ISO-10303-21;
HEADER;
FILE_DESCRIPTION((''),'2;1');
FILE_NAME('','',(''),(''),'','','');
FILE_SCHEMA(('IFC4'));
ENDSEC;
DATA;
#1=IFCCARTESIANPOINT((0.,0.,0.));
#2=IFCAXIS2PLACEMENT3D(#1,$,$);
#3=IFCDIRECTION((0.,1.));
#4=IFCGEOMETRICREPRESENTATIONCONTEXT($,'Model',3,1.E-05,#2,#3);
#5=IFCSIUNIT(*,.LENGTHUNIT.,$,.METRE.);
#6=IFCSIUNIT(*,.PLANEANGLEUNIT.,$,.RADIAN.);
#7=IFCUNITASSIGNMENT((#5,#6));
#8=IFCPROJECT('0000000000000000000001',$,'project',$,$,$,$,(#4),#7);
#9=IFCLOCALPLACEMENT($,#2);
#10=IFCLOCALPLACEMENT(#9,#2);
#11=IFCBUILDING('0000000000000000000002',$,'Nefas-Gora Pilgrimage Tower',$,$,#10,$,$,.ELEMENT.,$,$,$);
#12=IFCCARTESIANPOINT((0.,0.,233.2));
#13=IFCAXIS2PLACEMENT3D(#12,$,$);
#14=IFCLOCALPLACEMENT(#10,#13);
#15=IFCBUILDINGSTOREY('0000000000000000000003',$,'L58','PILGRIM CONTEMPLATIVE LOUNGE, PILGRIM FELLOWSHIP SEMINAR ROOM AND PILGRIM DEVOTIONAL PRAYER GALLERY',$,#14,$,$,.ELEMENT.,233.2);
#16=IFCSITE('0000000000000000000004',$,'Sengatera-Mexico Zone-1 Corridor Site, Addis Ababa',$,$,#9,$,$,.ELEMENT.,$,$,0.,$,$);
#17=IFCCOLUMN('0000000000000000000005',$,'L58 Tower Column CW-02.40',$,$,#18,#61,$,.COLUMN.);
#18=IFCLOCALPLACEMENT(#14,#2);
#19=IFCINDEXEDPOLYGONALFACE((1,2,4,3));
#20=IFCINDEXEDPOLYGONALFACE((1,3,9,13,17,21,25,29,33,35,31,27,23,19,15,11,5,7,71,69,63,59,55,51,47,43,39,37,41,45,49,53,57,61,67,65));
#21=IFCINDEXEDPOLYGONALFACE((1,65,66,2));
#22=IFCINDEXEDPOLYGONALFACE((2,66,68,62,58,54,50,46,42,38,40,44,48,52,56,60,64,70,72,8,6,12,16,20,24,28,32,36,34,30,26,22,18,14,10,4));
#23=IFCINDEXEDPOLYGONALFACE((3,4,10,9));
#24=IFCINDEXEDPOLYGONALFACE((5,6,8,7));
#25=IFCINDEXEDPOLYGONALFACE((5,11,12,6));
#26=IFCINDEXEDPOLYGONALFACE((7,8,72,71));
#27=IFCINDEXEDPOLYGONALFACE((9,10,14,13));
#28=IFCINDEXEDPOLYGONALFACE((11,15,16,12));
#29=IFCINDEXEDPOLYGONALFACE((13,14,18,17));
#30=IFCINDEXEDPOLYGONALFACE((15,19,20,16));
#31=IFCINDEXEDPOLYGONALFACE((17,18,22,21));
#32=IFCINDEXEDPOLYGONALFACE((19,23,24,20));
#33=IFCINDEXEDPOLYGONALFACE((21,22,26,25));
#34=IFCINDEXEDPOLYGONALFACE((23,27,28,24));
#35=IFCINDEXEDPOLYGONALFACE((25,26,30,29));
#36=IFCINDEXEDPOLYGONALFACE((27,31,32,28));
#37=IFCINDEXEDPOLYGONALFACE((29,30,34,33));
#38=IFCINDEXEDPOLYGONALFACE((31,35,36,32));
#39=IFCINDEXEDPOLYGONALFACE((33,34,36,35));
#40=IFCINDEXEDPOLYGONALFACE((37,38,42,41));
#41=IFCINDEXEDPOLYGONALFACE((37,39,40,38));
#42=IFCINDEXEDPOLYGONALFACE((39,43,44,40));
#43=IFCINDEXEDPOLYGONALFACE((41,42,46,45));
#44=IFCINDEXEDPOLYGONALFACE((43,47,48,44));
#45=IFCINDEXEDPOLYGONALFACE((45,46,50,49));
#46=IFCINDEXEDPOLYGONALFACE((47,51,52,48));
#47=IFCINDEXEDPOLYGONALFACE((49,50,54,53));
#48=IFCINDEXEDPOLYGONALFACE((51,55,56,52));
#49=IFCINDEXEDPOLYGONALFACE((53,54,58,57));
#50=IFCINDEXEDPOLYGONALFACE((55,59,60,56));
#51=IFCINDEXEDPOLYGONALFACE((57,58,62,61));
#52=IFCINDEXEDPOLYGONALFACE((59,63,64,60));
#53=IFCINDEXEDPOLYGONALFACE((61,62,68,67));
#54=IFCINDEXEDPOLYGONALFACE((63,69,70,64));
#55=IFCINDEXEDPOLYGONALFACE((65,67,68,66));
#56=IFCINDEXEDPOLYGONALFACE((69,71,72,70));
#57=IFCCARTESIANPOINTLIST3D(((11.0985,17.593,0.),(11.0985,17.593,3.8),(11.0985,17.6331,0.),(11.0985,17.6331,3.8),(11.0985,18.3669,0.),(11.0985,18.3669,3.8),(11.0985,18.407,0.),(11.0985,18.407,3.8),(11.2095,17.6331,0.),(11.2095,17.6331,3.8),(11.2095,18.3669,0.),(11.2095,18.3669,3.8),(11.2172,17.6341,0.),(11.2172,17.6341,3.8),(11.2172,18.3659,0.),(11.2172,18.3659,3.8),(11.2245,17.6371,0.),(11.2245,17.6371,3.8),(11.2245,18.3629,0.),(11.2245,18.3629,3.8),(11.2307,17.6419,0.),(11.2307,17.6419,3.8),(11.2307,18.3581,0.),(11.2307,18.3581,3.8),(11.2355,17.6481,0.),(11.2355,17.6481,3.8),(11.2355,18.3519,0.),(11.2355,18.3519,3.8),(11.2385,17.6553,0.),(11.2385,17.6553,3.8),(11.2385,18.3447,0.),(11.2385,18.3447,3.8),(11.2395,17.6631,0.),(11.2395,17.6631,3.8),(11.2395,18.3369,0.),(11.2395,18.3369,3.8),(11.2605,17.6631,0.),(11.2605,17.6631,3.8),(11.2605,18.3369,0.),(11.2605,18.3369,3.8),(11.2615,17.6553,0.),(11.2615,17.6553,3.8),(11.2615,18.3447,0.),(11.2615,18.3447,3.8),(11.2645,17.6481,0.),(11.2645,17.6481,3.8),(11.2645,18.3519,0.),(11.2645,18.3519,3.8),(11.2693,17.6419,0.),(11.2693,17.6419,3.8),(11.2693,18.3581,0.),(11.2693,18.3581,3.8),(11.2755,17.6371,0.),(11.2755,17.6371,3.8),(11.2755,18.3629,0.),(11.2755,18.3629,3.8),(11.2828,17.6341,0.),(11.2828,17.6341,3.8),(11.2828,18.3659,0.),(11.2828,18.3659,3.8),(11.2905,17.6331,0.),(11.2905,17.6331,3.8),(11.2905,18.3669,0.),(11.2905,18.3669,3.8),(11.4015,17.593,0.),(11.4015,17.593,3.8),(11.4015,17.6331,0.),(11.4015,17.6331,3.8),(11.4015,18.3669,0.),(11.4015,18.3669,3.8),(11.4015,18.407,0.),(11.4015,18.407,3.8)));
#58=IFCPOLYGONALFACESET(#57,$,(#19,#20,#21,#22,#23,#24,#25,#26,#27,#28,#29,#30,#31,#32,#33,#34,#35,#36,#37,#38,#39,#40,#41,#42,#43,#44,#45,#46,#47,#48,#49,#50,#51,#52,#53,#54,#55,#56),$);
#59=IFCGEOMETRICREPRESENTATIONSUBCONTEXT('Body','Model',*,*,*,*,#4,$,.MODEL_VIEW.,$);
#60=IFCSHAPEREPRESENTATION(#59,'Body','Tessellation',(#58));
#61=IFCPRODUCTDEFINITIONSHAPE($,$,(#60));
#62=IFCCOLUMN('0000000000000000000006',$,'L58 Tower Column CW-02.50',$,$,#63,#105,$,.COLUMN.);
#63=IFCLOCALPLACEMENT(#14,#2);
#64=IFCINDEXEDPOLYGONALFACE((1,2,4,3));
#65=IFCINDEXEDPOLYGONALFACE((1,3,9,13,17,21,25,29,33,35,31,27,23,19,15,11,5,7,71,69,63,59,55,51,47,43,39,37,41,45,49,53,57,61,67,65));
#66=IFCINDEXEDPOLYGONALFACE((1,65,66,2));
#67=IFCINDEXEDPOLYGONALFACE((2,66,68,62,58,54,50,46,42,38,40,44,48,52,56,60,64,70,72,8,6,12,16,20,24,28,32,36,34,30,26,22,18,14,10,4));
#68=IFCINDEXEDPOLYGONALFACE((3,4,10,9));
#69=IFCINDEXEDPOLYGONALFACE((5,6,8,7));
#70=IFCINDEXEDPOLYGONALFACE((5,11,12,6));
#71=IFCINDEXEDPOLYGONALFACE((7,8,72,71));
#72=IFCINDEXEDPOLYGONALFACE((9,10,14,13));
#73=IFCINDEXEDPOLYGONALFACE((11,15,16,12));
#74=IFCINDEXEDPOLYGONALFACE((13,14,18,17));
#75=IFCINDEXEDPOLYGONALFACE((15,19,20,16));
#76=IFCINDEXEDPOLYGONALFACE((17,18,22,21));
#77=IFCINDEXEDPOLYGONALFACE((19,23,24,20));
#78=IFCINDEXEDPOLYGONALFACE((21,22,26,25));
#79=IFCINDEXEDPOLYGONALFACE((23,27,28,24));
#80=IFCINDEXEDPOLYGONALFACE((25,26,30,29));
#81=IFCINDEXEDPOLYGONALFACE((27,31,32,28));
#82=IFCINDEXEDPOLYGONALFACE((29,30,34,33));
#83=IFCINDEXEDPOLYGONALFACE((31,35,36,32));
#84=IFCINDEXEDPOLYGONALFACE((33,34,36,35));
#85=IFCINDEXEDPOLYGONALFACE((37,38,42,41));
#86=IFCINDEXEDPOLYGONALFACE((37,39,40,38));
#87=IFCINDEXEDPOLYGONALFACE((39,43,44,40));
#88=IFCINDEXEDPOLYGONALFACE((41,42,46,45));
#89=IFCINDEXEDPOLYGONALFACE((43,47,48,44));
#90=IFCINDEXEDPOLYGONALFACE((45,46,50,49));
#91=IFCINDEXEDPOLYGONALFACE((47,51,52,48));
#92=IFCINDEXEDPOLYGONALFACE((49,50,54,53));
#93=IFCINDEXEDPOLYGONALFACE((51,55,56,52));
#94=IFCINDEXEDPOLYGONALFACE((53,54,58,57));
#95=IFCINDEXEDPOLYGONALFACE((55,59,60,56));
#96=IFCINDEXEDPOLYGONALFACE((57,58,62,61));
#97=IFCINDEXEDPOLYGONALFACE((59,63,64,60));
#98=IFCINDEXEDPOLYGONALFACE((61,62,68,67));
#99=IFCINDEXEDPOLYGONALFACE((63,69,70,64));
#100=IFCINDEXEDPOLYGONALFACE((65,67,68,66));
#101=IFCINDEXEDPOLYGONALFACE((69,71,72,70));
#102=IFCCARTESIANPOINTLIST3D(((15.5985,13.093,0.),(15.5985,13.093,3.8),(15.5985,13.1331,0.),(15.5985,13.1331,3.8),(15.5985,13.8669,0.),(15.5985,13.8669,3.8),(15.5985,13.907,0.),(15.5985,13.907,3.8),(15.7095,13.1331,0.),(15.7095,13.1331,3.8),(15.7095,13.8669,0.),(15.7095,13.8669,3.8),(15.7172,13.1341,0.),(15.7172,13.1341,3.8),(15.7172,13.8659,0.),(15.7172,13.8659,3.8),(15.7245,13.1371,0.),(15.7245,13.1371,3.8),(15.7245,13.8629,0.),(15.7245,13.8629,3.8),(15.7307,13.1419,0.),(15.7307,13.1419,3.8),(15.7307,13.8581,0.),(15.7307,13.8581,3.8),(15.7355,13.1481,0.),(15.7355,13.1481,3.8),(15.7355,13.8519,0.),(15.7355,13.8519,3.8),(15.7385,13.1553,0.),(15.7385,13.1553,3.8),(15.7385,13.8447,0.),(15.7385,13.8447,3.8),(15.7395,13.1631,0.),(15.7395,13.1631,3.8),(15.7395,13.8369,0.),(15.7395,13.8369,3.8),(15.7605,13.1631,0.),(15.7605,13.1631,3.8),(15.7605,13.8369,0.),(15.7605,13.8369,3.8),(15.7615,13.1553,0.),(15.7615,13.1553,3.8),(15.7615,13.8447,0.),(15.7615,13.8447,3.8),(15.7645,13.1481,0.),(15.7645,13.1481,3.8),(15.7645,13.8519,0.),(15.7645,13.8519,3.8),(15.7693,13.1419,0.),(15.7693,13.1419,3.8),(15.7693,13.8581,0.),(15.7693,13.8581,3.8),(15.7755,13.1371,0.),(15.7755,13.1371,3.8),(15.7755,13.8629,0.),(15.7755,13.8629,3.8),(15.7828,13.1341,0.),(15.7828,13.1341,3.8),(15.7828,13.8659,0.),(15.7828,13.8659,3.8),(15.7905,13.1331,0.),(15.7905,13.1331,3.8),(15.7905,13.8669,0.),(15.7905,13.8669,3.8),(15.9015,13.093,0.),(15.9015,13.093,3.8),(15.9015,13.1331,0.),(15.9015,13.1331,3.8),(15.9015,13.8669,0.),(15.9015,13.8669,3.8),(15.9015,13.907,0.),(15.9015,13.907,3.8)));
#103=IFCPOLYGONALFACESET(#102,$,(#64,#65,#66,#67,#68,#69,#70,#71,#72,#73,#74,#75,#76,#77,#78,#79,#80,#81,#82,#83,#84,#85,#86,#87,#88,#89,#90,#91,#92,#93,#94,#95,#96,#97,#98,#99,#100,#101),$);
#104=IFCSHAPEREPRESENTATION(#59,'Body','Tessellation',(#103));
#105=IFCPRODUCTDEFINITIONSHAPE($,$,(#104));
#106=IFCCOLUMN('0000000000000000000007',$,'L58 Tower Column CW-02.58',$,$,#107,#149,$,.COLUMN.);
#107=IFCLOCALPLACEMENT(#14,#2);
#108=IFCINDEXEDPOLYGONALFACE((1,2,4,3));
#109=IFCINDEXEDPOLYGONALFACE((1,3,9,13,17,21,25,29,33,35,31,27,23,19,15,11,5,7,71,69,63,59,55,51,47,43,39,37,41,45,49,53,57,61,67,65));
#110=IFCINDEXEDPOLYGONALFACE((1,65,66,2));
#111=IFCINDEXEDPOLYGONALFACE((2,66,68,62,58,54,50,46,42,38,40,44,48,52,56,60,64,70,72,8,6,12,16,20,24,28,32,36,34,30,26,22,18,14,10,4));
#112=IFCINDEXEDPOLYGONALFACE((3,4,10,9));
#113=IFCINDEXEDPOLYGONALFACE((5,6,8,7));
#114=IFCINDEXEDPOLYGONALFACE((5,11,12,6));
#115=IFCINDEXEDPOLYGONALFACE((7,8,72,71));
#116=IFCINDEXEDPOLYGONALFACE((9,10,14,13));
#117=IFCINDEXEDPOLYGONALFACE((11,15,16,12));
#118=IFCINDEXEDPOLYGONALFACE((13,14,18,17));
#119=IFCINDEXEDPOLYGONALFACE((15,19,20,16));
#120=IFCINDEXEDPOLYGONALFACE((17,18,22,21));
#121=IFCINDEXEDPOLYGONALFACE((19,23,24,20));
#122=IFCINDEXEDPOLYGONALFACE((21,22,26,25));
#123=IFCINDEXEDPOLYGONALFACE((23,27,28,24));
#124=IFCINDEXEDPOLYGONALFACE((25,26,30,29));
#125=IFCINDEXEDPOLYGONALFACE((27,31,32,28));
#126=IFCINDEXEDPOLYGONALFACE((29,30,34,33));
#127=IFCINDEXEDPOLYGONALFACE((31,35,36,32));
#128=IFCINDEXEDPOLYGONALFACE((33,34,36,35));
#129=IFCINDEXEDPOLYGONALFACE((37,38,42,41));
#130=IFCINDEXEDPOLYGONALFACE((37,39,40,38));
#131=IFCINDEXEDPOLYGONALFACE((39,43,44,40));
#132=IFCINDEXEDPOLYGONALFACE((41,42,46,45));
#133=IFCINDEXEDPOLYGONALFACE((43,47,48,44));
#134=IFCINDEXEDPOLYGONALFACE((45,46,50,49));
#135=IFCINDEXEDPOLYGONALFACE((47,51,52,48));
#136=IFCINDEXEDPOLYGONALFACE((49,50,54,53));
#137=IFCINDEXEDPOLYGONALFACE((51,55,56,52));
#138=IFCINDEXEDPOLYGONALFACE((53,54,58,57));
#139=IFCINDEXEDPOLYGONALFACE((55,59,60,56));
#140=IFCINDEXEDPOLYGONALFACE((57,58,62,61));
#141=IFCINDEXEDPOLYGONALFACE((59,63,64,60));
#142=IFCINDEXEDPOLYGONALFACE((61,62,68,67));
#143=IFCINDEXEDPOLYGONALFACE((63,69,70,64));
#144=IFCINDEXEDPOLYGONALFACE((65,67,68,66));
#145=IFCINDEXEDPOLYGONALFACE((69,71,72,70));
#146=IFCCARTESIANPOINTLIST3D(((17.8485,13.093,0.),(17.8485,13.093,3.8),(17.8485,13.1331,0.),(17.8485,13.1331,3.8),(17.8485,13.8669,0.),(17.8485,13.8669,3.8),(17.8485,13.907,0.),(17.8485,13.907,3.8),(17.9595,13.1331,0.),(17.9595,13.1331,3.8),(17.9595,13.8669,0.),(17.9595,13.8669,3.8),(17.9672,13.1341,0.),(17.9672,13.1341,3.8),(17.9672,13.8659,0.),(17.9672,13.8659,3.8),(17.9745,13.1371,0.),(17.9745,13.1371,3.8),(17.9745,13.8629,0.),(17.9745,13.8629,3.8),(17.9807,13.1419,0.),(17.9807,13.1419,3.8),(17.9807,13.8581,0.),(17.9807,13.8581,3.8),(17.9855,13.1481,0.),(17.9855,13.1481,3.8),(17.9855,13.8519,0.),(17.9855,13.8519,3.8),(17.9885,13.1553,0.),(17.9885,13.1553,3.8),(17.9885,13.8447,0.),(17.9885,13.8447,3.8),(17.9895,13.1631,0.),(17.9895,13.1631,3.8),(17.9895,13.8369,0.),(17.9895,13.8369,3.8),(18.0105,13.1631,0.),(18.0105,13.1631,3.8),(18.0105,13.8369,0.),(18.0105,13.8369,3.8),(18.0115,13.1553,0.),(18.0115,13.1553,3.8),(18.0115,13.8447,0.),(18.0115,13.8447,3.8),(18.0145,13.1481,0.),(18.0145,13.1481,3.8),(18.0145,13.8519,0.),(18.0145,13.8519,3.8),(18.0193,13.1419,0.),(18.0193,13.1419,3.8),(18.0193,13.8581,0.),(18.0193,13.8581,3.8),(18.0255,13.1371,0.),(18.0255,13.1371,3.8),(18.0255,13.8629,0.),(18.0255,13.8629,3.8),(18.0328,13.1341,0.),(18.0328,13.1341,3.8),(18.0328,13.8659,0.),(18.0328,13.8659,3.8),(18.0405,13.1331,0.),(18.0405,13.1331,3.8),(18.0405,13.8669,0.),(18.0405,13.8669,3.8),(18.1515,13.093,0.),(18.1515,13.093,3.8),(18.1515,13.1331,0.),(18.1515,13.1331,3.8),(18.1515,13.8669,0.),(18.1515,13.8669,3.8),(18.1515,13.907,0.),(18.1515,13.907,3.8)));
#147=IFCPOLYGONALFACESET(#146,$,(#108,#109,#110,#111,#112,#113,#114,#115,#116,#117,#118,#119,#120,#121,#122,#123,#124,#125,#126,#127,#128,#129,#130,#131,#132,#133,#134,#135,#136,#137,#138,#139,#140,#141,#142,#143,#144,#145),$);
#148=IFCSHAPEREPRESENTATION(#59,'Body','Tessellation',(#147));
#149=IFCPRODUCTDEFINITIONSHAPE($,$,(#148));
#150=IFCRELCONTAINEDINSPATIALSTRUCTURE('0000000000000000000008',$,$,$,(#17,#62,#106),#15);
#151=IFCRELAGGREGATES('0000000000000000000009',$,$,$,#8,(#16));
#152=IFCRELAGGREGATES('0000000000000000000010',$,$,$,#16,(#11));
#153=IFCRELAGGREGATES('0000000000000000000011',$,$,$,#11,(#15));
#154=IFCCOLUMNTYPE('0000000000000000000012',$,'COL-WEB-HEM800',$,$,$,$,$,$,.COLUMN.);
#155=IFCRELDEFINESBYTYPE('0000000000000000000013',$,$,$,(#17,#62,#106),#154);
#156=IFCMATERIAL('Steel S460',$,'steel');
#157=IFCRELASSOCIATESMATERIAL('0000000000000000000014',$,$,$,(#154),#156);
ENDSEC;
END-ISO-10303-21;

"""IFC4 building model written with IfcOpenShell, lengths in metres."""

from ifc_helpers import new_model, si_unit, direction, frame, origin, origin_2d, place, context, subcontext, project, spatial, i_section, extrude, source, transform, mapped, material, material_profile, profile_set, type_object, element, save


model = new_model("IFC4")

# Units and contexts
model_context = context("Model", 3, precision=1e-05, world=origin(), true_north=direction((0.0, 1.0)))
body_context = subcontext(model_context, "Body", "Model", "MODEL_VIEW")
ifc_project = project(units=[si_unit("LENGTHUNIT", "METRE"), si_unit("PLANEANGLEUNIT", "RADIAN")], contexts=[model_context])

# Site, building, storey
site_placement = place(None, origin())
site = spatial("IfcSite", under=ifc_project, at=site_placement, Name="Sengatera-Mexico Zone-1 Corridor Site, Addis Ababa", CompositionType="ELEMENT", RefElevation=0.0)
building_placement = place(site_placement, origin())
building = spatial("IfcBuilding", under=site, at=building_placement, Name="Nefas-Gora Pilgrimage Tower", CompositionType="ELEMENT")
storey_placement = place(building_placement, frame((0.0, 0.0, 233.2)))
storey = spatial("IfcBuildingStorey", under=building, at=storey_placement, Name="L58", Description="PILGRIM CONTEMPLATIVE LOUNGE, PILGRIM FELLOWSHIP SEMINAR ROOM AND PILGRIM DEVOTIONAL PRAYER GALLERY", CompositionType="ELEMENT", Elevation=233.2)

# Columns
ifc_material_1 = material(Name="Steel S460", Category="steel")
ifc_material_profile_1 = material_profile(ifc_material_1, i_section(OverallWidth=0.303, OverallDepth=0.814, WebThickness=0.021, FlangeThickness=0.04, FilletRadius=0.03, at=origin_2d()), Name="HEM 800")
ifc_profile_set_1 = profile_set([ifc_material_profile_1], Name="Steel S460")
column_type_1 = type_object("IfcColumnType", Name="COL-WEB-HEM800", PredefinedType="COLUMN", material=ifc_profile_set_1)
shared_shape_1 = source(origin(), body_context, "Body", "SweptSolid", [
    extrude(i_section(OverallWidth=0.303, OverallDepth=0.814, WebThickness=0.021, FlangeThickness=0.04, FilletRadius=0.03, at=origin_2d()), origin(), (0.0, 0.0, 1.0), 3.8),
])
for number, where, z_axis, x_axis, name in (
    (1, (11.25, 18.0, 0.0), (0.0, 0.0, 1.0), (1.0, 0.0, 0.0), "L58 Tower Column CW-02.40"),
    (2, (15.75, 13.5, 0.0), (0.0, 0.0, 1.0), (1.0, 0.0, 0.0), "L58 Tower Column CW-02.50"),
    (3, (18.0, 13.5, 0.0), (0.0, 0.0, 1.0), (1.0, 0.0, 0.0), "L58 Tower Column CW-02.58"),
):
    element("IfcColumn", number, at=place(storey_placement, frame(where, z_axis=z_axis, x_axis=x_axis)), inside=storey, type_object=column_type_1, Name=name, PredefinedType="COLUMN", context=body_context, shape_type="MappedRepresentation", body=[
        mapped(shared_shape_1, transform((0.0, 0.0, 0.0), x_axis=(1.0, 0.0, 0.0), y_axis=(0.0, 1.0, 0.0), z_axis=(0.0, 0.0, 1.0), scale=1.0)),
    ])

save(model, "model.ifc")
